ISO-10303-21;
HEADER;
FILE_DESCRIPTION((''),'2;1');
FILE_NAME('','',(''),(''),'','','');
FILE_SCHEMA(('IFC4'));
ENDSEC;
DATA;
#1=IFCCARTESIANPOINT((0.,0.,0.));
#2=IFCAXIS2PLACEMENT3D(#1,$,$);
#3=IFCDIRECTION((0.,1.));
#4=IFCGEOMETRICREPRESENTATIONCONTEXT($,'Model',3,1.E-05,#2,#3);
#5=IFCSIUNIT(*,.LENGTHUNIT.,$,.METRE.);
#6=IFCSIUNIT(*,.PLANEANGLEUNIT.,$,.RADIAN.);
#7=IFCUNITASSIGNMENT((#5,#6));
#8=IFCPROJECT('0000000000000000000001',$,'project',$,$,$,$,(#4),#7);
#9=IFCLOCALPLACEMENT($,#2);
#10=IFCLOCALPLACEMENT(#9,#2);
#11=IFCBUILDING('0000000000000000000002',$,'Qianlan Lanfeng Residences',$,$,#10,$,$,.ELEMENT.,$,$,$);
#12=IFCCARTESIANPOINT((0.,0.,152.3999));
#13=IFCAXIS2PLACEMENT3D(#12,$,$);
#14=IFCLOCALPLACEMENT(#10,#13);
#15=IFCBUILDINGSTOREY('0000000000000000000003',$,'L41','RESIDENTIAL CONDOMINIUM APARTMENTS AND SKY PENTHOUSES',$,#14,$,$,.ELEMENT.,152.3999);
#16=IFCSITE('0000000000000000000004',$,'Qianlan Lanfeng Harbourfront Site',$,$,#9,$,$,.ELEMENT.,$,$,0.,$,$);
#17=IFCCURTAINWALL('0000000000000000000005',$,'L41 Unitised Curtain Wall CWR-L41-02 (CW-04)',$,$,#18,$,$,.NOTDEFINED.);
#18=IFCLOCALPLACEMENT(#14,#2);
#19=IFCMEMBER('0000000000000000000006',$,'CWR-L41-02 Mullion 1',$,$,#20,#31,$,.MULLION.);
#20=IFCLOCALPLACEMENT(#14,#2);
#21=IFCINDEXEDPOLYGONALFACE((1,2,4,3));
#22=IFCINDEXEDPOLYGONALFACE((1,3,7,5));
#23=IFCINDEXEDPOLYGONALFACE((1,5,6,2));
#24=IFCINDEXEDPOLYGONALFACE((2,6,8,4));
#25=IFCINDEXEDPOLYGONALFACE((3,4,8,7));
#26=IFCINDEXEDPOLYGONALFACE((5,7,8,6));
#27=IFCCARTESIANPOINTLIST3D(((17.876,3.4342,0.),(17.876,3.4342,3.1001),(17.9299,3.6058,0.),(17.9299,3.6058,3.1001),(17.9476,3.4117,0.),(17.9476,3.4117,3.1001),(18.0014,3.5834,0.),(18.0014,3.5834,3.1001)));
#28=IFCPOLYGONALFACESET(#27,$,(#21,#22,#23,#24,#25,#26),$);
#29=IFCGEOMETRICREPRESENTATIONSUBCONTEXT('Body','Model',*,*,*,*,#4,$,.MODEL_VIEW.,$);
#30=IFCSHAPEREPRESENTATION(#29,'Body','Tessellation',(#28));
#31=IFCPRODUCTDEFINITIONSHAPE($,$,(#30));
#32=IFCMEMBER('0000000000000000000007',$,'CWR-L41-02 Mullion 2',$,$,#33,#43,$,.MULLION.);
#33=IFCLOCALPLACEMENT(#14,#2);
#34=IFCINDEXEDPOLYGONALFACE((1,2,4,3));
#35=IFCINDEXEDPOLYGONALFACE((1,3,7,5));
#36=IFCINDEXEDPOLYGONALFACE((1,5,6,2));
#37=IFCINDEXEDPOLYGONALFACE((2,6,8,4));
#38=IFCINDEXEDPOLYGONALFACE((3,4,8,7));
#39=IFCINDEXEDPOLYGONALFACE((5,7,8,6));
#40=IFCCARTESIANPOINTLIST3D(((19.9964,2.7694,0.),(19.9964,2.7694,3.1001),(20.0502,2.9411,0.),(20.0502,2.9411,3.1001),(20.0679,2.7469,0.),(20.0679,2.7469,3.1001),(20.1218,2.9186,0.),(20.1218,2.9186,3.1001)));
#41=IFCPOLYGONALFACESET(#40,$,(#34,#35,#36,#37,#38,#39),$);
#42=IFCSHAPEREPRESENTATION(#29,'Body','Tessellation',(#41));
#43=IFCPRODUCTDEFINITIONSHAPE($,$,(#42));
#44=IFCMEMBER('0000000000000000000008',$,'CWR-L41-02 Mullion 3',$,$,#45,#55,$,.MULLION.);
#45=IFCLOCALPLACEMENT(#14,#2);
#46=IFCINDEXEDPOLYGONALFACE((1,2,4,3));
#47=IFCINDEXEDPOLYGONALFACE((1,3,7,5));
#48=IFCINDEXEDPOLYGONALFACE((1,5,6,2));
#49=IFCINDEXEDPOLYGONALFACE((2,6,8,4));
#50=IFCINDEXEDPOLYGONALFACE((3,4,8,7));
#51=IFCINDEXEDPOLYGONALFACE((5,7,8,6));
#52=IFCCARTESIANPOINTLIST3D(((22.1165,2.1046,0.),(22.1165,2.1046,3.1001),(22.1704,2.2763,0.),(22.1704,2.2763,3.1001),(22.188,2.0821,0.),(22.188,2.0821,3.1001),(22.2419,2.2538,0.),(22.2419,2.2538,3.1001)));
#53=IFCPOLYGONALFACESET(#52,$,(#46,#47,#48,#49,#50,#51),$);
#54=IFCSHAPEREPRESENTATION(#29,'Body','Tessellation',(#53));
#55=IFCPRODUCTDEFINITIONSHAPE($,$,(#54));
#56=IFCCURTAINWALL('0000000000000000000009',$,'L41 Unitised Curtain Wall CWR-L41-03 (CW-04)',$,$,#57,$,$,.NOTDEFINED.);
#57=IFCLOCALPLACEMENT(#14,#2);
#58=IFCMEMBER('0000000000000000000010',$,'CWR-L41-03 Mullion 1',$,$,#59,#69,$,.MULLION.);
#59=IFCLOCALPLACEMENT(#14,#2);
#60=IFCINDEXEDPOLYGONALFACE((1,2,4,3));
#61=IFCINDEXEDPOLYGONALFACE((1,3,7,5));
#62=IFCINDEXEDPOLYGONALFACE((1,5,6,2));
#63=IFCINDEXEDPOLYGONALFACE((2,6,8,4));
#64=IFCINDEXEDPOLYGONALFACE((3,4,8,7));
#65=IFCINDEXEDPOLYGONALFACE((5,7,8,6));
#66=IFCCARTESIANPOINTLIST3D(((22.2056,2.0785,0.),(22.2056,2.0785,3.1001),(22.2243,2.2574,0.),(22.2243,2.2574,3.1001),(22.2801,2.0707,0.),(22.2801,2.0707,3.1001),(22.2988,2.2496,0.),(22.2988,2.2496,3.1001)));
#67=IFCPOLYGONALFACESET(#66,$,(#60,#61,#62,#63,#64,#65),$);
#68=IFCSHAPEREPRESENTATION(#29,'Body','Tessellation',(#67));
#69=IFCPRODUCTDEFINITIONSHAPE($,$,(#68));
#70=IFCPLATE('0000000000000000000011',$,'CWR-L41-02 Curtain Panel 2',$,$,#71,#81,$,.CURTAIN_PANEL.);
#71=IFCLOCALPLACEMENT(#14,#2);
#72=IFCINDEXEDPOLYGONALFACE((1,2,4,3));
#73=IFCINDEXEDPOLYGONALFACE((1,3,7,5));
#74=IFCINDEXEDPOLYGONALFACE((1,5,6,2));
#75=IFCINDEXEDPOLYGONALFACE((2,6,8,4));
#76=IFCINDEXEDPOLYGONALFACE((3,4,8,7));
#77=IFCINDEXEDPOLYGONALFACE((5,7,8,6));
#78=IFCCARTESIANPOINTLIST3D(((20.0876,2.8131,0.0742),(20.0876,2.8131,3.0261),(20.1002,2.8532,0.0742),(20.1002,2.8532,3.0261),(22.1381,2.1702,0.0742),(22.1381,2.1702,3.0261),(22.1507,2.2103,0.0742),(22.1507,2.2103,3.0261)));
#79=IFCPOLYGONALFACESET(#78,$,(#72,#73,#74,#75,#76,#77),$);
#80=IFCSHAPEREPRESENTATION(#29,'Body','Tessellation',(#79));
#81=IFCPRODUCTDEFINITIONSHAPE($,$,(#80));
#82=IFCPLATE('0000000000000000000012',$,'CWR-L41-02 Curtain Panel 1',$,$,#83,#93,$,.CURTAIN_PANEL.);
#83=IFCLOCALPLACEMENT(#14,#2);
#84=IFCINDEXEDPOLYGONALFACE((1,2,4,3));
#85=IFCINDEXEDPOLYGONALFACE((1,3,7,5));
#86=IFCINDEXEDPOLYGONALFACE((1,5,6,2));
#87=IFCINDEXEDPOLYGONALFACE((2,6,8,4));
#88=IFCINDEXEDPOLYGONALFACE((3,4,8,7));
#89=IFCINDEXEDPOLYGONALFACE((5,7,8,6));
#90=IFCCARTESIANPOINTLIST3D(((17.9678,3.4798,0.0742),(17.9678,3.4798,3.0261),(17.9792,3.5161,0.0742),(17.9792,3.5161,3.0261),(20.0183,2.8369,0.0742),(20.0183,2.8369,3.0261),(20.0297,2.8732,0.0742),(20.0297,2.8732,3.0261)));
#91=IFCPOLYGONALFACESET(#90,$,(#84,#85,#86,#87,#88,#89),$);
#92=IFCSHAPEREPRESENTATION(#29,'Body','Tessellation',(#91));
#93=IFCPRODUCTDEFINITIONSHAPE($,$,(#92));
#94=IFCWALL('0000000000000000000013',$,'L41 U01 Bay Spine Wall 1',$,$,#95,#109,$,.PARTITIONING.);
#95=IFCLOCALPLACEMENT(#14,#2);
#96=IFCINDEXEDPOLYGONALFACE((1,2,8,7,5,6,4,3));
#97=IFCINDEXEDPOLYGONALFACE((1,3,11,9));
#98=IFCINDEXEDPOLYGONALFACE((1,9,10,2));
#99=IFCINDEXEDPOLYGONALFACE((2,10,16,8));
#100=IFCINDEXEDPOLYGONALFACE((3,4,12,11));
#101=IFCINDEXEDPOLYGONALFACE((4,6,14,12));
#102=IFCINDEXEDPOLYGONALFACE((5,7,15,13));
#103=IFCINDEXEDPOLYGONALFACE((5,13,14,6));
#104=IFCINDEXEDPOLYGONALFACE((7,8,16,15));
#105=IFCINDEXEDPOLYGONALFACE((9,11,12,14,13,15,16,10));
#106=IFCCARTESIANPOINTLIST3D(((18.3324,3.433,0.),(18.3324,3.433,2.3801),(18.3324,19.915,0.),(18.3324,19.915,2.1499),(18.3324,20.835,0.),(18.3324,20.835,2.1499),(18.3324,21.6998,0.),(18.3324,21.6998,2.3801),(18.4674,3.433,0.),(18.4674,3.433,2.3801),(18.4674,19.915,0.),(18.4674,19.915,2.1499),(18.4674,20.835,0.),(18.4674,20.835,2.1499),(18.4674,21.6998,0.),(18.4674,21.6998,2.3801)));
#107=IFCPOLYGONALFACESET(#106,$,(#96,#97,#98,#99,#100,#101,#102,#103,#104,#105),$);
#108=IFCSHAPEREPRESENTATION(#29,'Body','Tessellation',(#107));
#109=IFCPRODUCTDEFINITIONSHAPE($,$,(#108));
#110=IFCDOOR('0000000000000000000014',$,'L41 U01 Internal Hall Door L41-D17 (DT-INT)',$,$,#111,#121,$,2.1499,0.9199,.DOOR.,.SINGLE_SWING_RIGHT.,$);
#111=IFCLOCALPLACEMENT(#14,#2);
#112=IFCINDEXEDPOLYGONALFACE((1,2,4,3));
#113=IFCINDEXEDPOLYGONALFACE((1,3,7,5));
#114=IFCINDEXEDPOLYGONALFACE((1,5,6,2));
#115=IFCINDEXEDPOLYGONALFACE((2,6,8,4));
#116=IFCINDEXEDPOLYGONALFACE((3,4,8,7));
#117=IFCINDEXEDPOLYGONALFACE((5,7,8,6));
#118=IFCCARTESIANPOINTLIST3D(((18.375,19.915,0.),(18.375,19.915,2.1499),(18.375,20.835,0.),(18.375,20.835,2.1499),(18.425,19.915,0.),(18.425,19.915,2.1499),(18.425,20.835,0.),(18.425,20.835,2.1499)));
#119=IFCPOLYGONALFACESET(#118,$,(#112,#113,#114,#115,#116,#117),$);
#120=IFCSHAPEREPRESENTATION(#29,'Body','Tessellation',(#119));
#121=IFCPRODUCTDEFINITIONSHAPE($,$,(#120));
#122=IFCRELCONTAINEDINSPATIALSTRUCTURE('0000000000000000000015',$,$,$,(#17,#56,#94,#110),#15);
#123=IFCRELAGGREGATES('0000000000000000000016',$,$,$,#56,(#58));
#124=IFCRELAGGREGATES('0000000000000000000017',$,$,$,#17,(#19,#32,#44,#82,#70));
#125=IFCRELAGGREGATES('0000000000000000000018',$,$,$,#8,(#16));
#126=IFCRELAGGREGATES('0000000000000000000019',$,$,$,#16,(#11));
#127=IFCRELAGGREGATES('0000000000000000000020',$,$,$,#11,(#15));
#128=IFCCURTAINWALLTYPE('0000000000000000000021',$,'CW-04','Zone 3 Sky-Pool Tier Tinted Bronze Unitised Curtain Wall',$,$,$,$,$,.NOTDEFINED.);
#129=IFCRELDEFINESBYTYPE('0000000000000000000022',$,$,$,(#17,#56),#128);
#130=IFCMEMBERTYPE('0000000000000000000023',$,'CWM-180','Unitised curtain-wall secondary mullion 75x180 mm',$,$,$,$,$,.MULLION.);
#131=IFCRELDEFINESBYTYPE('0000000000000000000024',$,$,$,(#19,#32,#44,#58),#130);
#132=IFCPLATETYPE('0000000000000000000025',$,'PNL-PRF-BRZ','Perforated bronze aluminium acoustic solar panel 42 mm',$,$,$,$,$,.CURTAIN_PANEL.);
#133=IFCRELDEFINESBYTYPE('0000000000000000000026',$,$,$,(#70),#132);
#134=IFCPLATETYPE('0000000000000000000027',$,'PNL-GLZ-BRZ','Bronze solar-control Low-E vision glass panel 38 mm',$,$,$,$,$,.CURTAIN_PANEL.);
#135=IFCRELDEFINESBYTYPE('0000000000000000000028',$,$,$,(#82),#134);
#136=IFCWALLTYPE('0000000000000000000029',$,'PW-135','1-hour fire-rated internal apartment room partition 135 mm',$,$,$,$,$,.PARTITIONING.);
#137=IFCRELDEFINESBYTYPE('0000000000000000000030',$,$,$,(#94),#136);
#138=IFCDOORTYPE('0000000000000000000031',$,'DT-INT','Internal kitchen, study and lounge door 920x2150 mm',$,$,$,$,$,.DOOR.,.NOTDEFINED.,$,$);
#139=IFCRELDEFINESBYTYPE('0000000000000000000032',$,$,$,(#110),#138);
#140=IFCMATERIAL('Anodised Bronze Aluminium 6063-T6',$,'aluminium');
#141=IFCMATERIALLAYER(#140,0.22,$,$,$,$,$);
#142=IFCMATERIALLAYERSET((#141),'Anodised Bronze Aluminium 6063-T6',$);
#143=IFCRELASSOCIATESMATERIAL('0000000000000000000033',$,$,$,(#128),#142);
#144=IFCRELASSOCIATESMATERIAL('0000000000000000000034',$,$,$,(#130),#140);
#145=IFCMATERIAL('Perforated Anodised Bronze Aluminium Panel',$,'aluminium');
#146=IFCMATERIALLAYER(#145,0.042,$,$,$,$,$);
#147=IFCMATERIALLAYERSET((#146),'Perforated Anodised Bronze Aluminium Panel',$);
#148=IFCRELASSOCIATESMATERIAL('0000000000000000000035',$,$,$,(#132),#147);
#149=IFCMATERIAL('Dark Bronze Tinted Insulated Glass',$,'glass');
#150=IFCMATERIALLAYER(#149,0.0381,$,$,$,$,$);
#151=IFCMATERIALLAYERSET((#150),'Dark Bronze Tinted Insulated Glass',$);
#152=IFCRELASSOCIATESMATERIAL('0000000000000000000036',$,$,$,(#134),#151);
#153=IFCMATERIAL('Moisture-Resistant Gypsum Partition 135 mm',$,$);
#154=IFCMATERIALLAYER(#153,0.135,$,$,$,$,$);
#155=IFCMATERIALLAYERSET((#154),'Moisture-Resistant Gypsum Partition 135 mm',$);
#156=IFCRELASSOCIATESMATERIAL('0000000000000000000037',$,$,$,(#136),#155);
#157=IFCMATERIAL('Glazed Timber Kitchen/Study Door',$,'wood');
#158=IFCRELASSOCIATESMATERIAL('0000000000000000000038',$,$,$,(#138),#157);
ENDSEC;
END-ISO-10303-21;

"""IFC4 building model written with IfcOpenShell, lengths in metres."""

from ifc_helpers import new_model, si_unit, direction, frame, frame_2d, origin, origin_2d, place, context, subcontext, project, spatial, rectangle, extrude, source, transform, mapped, material, layer, layer_set, material_profile, profile_set, type_object, element, fill, aggregate, save


model = new_model("IFC4")

# Units and contexts
model_context = context("Model", 3, precision=1e-05, world=origin(), true_north=direction((0.0, 1.0)))
body_context = subcontext(model_context, "Body", "Model", "MODEL_VIEW")
ifc_project = project(units=[si_unit("LENGTHUNIT", "METRE"), si_unit("PLANEANGLEUNIT", "RADIAN")], contexts=[model_context])

# Site, building, storey
site_placement = place(None, origin())
site = spatial("IfcSite", under=ifc_project, at=site_placement, Name="Qianlan Lanfeng Harbourfront Site", CompositionType="ELEMENT", RefElevation=0.0)
building_placement = place(site_placement, origin())
building = spatial("IfcBuilding", under=site, at=building_placement, Name="Qianlan Lanfeng Residences", CompositionType="ELEMENT")
storey_placement = place(building_placement, frame((0.0, 0.0, 152.3999)))
storey = spatial("IfcBuildingStorey", under=building, at=storey_placement, Name="L41", Description="RESIDENTIAL CONDOMINIUM APARTMENTS AND SKY PENTHOUSES", CompositionType="ELEMENT", Elevation=152.3999)

# Curtain wall
ifc_material_1 = material(Name="Anodised Bronze Aluminium 6063-T6", Category="aluminium")
ifc_layer_1 = layer(ifc_material_1, 0.22)
ifc_layer_set_1 = layer_set([ifc_layer_1], Name="Anodised Bronze Aluminium 6063-T6")
curtain_wall_type = type_object("IfcCurtainWallType", Name="CW-04", Description="Zone 3 Sky-Pool Tier Tinted Bronze Unitised Curtain Wall", PredefinedType="NOTDEFINED", material=ifc_layer_set_1)
curtain_wall_1_placement = place(storey_placement, origin())
curtain_wall_1 = element("IfcCurtainWall", 1, at=curtain_wall_1_placement, inside=storey, type_object=curtain_wall_type, Name="L41 Unitised Curtain Wall CWR-L41-02 (CW-04)", PredefinedType="NOTDEFINED")

# Shared definitions
ifc_material_profile_1 = material_profile(ifc_material_1, rectangle(XDim=0.075, YDim=0.1799, at=origin_2d()), Name="ALU MULLION 75x180")
ifc_profile_set_1 = profile_set([ifc_material_profile_1], Name="Anodised Bronze Aluminium 6063-T6")
member_type_1 = type_object("IfcMemberType", Name="CWM-180", Description="Unitised curtain-wall secondary mullion 75x180 mm", PredefinedType="MULLION", material=ifc_profile_set_1)
shared_shape_1 = source(origin(), body_context, "Body", "SweptSolid", [
    extrude(rectangle(XDim=0.075, YDim=0.1799, at=origin_2d()), origin(), (0.0, 0.0, 1.0), 3.1001),
])

# Members
member_1_placement = place(storey_placement, frame((17.9387, 3.5088, 0.0), z_axis=(0.0, 0.0, 1.0), x_axis=(0.954196, -0.299182, 0.0)))
member_1 = element("IfcMember", 2, at=member_1_placement, type_object=member_type_1, Name="CWR-L41-02 Mullion 1", PredefinedType="MULLION", context=body_context, shape_type="MappedRepresentation", body=[
    mapped(shared_shape_1, transform((0.0, 0.0, 0.0), scale=1.0)),
])
member_2_placement = place(storey_placement, frame((20.0591, 2.844, 0.0), z_axis=(0.0, 0.0, 1.0), x_axis=(0.954196, -0.299182, 0.0)))
member_2 = element("IfcMember", 3, at=member_2_placement, type_object=member_type_1, Name="CWR-L41-02 Mullion 2", PredefinedType="MULLION", context=body_context, shape_type="MappedRepresentation", body=[
    mapped(shared_shape_1, transform((0.0, 0.0, 0.0), scale=1.0)),
])
member_3_placement = place(storey_placement, frame((22.1792, 2.1792, 0.0), z_axis=(0.0, 0.0, 1.0), x_axis=(0.954196, -0.299182, 0.0)))
member_3 = element("IfcMember", 4, at=member_3_placement, type_object=member_type_1, Name="CWR-L41-02 Mullion 3", PredefinedType="MULLION", context=body_context, shape_type="MappedRepresentation", body=[
    mapped(shared_shape_1, transform((0.0, 0.0, 0.0), scale=1.0)),
])

# Curtain wall, member
curtain_wall_2_placement = place(storey_placement, origin())
curtain_wall_2 = element("IfcCurtainWall", 5, at=curtain_wall_2_placement, inside=storey, type_object=curtain_wall_type, Name="L41 Unitised Curtain Wall CWR-L41-03 (CW-04)", PredefinedType="NOTDEFINED")
member_4_placement = place(storey_placement, frame((22.2522, 2.1641, 0.0), z_axis=(0.0, 0.0, 1.0), x_axis=(0.994579, -0.103983, 0.0)))
member_4 = element("IfcMember", 6, at=member_4_placement, type_object=member_type_1, Name="CWR-L41-03 Mullion 1", PredefinedType="MULLION", context=body_context, shape_type="MappedRepresentation", body=[
    mapped(shared_shape_1, transform((0.0, 0.0, 0.0), scale=1.0)),
])
aggregate(curtain_wall_2, [member_4])

# Plates
ifc_material_2 = material(Name="Perforated Anodised Bronze Aluminium Panel", Category="aluminium")
ifc_layer_2 = layer(ifc_material_2, 0.042)
ifc_layer_set_2 = layer_set([ifc_layer_2], Name="Perforated Anodised Bronze Aluminium Panel")
plate_type_1 = type_object("IfcPlateType", Name="PNL-PRF-BRZ", Description="Perforated bronze aluminium acoustic solar panel 42 mm", PredefinedType="CURTAIN_PANEL", material=ifc_layer_set_2)
shared_shape_2 = source(origin(), body_context, "Body", "SweptSolid", [
    extrude(rectangle(XDim=2.1489, YDim=0.042, at=origin_2d()), origin(), (0.0, 0.0, 1.0), 2.9519),
])
plate_1_placement = place(storey_placement, frame((21.1191, 2.5117, 0.0742), z_axis=(0.0, 0.0, 1.0), x_axis=(0.954196, -0.299182, 0.0)))
plate_1 = element("IfcPlate", 7, at=plate_1_placement, type_object=plate_type_1, Name="CWR-L41-02 Curtain Panel 2", PredefinedType="CURTAIN_PANEL", context=body_context, shape_type="MappedRepresentation", body=[
    mapped(shared_shape_2, transform((0.0, 0.0, 0.0), scale=1.0)),
])
ifc_material_3 = material(Name="Dark Bronze Tinted Insulated Glass", Category="glass")
ifc_layer_3 = layer(ifc_material_3, 0.0381)
ifc_layer_set_3 = layer_set([ifc_layer_3], Name="Dark Bronze Tinted Insulated Glass")
plate_type_2 = type_object("IfcPlateType", Name="PNL-GLZ-BRZ", Description="Bronze solar-control Low-E vision glass panel 38 mm", PredefinedType="CURTAIN_PANEL", material=ifc_layer_set_3)
shared_shape_3 = source(origin(), body_context, "Body", "SweptSolid", [
    extrude(rectangle(XDim=2.1489, YDim=0.0381, at=origin_2d()), origin(), (0.0, 0.0, 1.0), 2.9519),
])
plate_2_placement = place(storey_placement, frame((18.9988, 3.1765, 0.0742), z_axis=(0.0, 0.0, 1.0), x_axis=(0.954196, -0.299182, 0.0)))
plate_2 = element("IfcPlate", 8, at=plate_2_placement, type_object=plate_type_2, Name="CWR-L41-02 Curtain Panel 1", PredefinedType="CURTAIN_PANEL", context=body_context, shape_type="MappedRepresentation", body=[
    mapped(shared_shape_3, transform((0.0, 0.0, 0.0), scale=1.0)),
])
aggregate(curtain_wall_1, [member_1, member_2, member_3, plate_2, plate_1])

# Wall, opening, door
ifc_material_4 = material(Name="Moisture-Resistant Gypsum Partition 135 mm")
ifc_layer_4 = layer(ifc_material_4, 0.135)
ifc_layer_set_4 = layer_set([ifc_layer_4], Name="Moisture-Resistant Gypsum Partition 135 mm")
wall_type = type_object("IfcWallType", Name="PW-135", Description="1-hour fire-rated internal apartment room partition 135 mm", PredefinedType="PARTITIONING", material=ifc_layer_set_4)
wall_1_placement = place(storey_placement, frame((18.3999, 3.4331, 0.0), z_axis=(0.0, 0.0, 1.0), x_axis=(0.0, 1.0, 0.0)))
wall_1 = element("IfcWall", 9, at=wall_1_placement, inside=storey, type_object=wall_type, Name="L41 U01 Bay Spine Wall 1", PredefinedType="PARTITIONING", context=body_context, shape_type="SweptSolid", body=[
    extrude(rectangle(XDim=18.2668, YDim=0.135, at=frame_2d((9.1333, 0.0))), origin(), (0.0, 0.0, 1.0), 2.3801),
])
opening_1_placement = place(wall_1_placement, frame((16.4819, 0.0, 0.0)))
opening_1 = element("IfcOpeningElement", 10, at=opening_1_placement, cuts=wall_1, PredefinedType="OPENING", context=body_context, shape_type="SweptSolid", body=[
    extrude(rectangle(XDim=0.9199, YDim=2.1499, at=frame_2d((0.46, 1.075))), frame((0.0, 0.0776, 0.0), z_axis=(0.0, -1.0, 0.0), x_axis=(1.0, 0.0, 0.0)), (0.0, 0.0, 1.0), 0.155),
])
ifc_material_5 = material(Name="Glazed Timber Kitchen/Study Door", Category="wood")
door_type_1 = type_object("IfcDoorType", Name="DT-INT", Description="Internal kitchen, study and lounge door 920x2150 mm", OperationType="NOTDEFINED", PredefinedType="DOOR", material=ifc_material_5)
door_1_placement = place(opening_1_placement, origin())
door_1 = element("IfcDoor", 11, at=door_1_placement, inside=storey, type_object=door_type_1, Name="L41 U01 Internal Hall Door L41-D17 (DT-INT)", OperationType="SINGLE_SWING_RIGHT", OverallHeight=2.1499, OverallWidth=0.9199, PredefinedType="DOOR", context=body_context, shape_type="SweptSolid", body=[
    extrude(rectangle(XDim=0.9199, YDim=2.1499, at=frame_2d((0.46, 1.075))), frame((0.0, 0.0249, 0.0), z_axis=(0.0, -1.0, 0.0), x_axis=(1.0, 0.0, 0.0)), (0.0, 0.0, 1.0), 0.05),
])
fill(opening_1, door_1)

save(model, "model.ifc")
